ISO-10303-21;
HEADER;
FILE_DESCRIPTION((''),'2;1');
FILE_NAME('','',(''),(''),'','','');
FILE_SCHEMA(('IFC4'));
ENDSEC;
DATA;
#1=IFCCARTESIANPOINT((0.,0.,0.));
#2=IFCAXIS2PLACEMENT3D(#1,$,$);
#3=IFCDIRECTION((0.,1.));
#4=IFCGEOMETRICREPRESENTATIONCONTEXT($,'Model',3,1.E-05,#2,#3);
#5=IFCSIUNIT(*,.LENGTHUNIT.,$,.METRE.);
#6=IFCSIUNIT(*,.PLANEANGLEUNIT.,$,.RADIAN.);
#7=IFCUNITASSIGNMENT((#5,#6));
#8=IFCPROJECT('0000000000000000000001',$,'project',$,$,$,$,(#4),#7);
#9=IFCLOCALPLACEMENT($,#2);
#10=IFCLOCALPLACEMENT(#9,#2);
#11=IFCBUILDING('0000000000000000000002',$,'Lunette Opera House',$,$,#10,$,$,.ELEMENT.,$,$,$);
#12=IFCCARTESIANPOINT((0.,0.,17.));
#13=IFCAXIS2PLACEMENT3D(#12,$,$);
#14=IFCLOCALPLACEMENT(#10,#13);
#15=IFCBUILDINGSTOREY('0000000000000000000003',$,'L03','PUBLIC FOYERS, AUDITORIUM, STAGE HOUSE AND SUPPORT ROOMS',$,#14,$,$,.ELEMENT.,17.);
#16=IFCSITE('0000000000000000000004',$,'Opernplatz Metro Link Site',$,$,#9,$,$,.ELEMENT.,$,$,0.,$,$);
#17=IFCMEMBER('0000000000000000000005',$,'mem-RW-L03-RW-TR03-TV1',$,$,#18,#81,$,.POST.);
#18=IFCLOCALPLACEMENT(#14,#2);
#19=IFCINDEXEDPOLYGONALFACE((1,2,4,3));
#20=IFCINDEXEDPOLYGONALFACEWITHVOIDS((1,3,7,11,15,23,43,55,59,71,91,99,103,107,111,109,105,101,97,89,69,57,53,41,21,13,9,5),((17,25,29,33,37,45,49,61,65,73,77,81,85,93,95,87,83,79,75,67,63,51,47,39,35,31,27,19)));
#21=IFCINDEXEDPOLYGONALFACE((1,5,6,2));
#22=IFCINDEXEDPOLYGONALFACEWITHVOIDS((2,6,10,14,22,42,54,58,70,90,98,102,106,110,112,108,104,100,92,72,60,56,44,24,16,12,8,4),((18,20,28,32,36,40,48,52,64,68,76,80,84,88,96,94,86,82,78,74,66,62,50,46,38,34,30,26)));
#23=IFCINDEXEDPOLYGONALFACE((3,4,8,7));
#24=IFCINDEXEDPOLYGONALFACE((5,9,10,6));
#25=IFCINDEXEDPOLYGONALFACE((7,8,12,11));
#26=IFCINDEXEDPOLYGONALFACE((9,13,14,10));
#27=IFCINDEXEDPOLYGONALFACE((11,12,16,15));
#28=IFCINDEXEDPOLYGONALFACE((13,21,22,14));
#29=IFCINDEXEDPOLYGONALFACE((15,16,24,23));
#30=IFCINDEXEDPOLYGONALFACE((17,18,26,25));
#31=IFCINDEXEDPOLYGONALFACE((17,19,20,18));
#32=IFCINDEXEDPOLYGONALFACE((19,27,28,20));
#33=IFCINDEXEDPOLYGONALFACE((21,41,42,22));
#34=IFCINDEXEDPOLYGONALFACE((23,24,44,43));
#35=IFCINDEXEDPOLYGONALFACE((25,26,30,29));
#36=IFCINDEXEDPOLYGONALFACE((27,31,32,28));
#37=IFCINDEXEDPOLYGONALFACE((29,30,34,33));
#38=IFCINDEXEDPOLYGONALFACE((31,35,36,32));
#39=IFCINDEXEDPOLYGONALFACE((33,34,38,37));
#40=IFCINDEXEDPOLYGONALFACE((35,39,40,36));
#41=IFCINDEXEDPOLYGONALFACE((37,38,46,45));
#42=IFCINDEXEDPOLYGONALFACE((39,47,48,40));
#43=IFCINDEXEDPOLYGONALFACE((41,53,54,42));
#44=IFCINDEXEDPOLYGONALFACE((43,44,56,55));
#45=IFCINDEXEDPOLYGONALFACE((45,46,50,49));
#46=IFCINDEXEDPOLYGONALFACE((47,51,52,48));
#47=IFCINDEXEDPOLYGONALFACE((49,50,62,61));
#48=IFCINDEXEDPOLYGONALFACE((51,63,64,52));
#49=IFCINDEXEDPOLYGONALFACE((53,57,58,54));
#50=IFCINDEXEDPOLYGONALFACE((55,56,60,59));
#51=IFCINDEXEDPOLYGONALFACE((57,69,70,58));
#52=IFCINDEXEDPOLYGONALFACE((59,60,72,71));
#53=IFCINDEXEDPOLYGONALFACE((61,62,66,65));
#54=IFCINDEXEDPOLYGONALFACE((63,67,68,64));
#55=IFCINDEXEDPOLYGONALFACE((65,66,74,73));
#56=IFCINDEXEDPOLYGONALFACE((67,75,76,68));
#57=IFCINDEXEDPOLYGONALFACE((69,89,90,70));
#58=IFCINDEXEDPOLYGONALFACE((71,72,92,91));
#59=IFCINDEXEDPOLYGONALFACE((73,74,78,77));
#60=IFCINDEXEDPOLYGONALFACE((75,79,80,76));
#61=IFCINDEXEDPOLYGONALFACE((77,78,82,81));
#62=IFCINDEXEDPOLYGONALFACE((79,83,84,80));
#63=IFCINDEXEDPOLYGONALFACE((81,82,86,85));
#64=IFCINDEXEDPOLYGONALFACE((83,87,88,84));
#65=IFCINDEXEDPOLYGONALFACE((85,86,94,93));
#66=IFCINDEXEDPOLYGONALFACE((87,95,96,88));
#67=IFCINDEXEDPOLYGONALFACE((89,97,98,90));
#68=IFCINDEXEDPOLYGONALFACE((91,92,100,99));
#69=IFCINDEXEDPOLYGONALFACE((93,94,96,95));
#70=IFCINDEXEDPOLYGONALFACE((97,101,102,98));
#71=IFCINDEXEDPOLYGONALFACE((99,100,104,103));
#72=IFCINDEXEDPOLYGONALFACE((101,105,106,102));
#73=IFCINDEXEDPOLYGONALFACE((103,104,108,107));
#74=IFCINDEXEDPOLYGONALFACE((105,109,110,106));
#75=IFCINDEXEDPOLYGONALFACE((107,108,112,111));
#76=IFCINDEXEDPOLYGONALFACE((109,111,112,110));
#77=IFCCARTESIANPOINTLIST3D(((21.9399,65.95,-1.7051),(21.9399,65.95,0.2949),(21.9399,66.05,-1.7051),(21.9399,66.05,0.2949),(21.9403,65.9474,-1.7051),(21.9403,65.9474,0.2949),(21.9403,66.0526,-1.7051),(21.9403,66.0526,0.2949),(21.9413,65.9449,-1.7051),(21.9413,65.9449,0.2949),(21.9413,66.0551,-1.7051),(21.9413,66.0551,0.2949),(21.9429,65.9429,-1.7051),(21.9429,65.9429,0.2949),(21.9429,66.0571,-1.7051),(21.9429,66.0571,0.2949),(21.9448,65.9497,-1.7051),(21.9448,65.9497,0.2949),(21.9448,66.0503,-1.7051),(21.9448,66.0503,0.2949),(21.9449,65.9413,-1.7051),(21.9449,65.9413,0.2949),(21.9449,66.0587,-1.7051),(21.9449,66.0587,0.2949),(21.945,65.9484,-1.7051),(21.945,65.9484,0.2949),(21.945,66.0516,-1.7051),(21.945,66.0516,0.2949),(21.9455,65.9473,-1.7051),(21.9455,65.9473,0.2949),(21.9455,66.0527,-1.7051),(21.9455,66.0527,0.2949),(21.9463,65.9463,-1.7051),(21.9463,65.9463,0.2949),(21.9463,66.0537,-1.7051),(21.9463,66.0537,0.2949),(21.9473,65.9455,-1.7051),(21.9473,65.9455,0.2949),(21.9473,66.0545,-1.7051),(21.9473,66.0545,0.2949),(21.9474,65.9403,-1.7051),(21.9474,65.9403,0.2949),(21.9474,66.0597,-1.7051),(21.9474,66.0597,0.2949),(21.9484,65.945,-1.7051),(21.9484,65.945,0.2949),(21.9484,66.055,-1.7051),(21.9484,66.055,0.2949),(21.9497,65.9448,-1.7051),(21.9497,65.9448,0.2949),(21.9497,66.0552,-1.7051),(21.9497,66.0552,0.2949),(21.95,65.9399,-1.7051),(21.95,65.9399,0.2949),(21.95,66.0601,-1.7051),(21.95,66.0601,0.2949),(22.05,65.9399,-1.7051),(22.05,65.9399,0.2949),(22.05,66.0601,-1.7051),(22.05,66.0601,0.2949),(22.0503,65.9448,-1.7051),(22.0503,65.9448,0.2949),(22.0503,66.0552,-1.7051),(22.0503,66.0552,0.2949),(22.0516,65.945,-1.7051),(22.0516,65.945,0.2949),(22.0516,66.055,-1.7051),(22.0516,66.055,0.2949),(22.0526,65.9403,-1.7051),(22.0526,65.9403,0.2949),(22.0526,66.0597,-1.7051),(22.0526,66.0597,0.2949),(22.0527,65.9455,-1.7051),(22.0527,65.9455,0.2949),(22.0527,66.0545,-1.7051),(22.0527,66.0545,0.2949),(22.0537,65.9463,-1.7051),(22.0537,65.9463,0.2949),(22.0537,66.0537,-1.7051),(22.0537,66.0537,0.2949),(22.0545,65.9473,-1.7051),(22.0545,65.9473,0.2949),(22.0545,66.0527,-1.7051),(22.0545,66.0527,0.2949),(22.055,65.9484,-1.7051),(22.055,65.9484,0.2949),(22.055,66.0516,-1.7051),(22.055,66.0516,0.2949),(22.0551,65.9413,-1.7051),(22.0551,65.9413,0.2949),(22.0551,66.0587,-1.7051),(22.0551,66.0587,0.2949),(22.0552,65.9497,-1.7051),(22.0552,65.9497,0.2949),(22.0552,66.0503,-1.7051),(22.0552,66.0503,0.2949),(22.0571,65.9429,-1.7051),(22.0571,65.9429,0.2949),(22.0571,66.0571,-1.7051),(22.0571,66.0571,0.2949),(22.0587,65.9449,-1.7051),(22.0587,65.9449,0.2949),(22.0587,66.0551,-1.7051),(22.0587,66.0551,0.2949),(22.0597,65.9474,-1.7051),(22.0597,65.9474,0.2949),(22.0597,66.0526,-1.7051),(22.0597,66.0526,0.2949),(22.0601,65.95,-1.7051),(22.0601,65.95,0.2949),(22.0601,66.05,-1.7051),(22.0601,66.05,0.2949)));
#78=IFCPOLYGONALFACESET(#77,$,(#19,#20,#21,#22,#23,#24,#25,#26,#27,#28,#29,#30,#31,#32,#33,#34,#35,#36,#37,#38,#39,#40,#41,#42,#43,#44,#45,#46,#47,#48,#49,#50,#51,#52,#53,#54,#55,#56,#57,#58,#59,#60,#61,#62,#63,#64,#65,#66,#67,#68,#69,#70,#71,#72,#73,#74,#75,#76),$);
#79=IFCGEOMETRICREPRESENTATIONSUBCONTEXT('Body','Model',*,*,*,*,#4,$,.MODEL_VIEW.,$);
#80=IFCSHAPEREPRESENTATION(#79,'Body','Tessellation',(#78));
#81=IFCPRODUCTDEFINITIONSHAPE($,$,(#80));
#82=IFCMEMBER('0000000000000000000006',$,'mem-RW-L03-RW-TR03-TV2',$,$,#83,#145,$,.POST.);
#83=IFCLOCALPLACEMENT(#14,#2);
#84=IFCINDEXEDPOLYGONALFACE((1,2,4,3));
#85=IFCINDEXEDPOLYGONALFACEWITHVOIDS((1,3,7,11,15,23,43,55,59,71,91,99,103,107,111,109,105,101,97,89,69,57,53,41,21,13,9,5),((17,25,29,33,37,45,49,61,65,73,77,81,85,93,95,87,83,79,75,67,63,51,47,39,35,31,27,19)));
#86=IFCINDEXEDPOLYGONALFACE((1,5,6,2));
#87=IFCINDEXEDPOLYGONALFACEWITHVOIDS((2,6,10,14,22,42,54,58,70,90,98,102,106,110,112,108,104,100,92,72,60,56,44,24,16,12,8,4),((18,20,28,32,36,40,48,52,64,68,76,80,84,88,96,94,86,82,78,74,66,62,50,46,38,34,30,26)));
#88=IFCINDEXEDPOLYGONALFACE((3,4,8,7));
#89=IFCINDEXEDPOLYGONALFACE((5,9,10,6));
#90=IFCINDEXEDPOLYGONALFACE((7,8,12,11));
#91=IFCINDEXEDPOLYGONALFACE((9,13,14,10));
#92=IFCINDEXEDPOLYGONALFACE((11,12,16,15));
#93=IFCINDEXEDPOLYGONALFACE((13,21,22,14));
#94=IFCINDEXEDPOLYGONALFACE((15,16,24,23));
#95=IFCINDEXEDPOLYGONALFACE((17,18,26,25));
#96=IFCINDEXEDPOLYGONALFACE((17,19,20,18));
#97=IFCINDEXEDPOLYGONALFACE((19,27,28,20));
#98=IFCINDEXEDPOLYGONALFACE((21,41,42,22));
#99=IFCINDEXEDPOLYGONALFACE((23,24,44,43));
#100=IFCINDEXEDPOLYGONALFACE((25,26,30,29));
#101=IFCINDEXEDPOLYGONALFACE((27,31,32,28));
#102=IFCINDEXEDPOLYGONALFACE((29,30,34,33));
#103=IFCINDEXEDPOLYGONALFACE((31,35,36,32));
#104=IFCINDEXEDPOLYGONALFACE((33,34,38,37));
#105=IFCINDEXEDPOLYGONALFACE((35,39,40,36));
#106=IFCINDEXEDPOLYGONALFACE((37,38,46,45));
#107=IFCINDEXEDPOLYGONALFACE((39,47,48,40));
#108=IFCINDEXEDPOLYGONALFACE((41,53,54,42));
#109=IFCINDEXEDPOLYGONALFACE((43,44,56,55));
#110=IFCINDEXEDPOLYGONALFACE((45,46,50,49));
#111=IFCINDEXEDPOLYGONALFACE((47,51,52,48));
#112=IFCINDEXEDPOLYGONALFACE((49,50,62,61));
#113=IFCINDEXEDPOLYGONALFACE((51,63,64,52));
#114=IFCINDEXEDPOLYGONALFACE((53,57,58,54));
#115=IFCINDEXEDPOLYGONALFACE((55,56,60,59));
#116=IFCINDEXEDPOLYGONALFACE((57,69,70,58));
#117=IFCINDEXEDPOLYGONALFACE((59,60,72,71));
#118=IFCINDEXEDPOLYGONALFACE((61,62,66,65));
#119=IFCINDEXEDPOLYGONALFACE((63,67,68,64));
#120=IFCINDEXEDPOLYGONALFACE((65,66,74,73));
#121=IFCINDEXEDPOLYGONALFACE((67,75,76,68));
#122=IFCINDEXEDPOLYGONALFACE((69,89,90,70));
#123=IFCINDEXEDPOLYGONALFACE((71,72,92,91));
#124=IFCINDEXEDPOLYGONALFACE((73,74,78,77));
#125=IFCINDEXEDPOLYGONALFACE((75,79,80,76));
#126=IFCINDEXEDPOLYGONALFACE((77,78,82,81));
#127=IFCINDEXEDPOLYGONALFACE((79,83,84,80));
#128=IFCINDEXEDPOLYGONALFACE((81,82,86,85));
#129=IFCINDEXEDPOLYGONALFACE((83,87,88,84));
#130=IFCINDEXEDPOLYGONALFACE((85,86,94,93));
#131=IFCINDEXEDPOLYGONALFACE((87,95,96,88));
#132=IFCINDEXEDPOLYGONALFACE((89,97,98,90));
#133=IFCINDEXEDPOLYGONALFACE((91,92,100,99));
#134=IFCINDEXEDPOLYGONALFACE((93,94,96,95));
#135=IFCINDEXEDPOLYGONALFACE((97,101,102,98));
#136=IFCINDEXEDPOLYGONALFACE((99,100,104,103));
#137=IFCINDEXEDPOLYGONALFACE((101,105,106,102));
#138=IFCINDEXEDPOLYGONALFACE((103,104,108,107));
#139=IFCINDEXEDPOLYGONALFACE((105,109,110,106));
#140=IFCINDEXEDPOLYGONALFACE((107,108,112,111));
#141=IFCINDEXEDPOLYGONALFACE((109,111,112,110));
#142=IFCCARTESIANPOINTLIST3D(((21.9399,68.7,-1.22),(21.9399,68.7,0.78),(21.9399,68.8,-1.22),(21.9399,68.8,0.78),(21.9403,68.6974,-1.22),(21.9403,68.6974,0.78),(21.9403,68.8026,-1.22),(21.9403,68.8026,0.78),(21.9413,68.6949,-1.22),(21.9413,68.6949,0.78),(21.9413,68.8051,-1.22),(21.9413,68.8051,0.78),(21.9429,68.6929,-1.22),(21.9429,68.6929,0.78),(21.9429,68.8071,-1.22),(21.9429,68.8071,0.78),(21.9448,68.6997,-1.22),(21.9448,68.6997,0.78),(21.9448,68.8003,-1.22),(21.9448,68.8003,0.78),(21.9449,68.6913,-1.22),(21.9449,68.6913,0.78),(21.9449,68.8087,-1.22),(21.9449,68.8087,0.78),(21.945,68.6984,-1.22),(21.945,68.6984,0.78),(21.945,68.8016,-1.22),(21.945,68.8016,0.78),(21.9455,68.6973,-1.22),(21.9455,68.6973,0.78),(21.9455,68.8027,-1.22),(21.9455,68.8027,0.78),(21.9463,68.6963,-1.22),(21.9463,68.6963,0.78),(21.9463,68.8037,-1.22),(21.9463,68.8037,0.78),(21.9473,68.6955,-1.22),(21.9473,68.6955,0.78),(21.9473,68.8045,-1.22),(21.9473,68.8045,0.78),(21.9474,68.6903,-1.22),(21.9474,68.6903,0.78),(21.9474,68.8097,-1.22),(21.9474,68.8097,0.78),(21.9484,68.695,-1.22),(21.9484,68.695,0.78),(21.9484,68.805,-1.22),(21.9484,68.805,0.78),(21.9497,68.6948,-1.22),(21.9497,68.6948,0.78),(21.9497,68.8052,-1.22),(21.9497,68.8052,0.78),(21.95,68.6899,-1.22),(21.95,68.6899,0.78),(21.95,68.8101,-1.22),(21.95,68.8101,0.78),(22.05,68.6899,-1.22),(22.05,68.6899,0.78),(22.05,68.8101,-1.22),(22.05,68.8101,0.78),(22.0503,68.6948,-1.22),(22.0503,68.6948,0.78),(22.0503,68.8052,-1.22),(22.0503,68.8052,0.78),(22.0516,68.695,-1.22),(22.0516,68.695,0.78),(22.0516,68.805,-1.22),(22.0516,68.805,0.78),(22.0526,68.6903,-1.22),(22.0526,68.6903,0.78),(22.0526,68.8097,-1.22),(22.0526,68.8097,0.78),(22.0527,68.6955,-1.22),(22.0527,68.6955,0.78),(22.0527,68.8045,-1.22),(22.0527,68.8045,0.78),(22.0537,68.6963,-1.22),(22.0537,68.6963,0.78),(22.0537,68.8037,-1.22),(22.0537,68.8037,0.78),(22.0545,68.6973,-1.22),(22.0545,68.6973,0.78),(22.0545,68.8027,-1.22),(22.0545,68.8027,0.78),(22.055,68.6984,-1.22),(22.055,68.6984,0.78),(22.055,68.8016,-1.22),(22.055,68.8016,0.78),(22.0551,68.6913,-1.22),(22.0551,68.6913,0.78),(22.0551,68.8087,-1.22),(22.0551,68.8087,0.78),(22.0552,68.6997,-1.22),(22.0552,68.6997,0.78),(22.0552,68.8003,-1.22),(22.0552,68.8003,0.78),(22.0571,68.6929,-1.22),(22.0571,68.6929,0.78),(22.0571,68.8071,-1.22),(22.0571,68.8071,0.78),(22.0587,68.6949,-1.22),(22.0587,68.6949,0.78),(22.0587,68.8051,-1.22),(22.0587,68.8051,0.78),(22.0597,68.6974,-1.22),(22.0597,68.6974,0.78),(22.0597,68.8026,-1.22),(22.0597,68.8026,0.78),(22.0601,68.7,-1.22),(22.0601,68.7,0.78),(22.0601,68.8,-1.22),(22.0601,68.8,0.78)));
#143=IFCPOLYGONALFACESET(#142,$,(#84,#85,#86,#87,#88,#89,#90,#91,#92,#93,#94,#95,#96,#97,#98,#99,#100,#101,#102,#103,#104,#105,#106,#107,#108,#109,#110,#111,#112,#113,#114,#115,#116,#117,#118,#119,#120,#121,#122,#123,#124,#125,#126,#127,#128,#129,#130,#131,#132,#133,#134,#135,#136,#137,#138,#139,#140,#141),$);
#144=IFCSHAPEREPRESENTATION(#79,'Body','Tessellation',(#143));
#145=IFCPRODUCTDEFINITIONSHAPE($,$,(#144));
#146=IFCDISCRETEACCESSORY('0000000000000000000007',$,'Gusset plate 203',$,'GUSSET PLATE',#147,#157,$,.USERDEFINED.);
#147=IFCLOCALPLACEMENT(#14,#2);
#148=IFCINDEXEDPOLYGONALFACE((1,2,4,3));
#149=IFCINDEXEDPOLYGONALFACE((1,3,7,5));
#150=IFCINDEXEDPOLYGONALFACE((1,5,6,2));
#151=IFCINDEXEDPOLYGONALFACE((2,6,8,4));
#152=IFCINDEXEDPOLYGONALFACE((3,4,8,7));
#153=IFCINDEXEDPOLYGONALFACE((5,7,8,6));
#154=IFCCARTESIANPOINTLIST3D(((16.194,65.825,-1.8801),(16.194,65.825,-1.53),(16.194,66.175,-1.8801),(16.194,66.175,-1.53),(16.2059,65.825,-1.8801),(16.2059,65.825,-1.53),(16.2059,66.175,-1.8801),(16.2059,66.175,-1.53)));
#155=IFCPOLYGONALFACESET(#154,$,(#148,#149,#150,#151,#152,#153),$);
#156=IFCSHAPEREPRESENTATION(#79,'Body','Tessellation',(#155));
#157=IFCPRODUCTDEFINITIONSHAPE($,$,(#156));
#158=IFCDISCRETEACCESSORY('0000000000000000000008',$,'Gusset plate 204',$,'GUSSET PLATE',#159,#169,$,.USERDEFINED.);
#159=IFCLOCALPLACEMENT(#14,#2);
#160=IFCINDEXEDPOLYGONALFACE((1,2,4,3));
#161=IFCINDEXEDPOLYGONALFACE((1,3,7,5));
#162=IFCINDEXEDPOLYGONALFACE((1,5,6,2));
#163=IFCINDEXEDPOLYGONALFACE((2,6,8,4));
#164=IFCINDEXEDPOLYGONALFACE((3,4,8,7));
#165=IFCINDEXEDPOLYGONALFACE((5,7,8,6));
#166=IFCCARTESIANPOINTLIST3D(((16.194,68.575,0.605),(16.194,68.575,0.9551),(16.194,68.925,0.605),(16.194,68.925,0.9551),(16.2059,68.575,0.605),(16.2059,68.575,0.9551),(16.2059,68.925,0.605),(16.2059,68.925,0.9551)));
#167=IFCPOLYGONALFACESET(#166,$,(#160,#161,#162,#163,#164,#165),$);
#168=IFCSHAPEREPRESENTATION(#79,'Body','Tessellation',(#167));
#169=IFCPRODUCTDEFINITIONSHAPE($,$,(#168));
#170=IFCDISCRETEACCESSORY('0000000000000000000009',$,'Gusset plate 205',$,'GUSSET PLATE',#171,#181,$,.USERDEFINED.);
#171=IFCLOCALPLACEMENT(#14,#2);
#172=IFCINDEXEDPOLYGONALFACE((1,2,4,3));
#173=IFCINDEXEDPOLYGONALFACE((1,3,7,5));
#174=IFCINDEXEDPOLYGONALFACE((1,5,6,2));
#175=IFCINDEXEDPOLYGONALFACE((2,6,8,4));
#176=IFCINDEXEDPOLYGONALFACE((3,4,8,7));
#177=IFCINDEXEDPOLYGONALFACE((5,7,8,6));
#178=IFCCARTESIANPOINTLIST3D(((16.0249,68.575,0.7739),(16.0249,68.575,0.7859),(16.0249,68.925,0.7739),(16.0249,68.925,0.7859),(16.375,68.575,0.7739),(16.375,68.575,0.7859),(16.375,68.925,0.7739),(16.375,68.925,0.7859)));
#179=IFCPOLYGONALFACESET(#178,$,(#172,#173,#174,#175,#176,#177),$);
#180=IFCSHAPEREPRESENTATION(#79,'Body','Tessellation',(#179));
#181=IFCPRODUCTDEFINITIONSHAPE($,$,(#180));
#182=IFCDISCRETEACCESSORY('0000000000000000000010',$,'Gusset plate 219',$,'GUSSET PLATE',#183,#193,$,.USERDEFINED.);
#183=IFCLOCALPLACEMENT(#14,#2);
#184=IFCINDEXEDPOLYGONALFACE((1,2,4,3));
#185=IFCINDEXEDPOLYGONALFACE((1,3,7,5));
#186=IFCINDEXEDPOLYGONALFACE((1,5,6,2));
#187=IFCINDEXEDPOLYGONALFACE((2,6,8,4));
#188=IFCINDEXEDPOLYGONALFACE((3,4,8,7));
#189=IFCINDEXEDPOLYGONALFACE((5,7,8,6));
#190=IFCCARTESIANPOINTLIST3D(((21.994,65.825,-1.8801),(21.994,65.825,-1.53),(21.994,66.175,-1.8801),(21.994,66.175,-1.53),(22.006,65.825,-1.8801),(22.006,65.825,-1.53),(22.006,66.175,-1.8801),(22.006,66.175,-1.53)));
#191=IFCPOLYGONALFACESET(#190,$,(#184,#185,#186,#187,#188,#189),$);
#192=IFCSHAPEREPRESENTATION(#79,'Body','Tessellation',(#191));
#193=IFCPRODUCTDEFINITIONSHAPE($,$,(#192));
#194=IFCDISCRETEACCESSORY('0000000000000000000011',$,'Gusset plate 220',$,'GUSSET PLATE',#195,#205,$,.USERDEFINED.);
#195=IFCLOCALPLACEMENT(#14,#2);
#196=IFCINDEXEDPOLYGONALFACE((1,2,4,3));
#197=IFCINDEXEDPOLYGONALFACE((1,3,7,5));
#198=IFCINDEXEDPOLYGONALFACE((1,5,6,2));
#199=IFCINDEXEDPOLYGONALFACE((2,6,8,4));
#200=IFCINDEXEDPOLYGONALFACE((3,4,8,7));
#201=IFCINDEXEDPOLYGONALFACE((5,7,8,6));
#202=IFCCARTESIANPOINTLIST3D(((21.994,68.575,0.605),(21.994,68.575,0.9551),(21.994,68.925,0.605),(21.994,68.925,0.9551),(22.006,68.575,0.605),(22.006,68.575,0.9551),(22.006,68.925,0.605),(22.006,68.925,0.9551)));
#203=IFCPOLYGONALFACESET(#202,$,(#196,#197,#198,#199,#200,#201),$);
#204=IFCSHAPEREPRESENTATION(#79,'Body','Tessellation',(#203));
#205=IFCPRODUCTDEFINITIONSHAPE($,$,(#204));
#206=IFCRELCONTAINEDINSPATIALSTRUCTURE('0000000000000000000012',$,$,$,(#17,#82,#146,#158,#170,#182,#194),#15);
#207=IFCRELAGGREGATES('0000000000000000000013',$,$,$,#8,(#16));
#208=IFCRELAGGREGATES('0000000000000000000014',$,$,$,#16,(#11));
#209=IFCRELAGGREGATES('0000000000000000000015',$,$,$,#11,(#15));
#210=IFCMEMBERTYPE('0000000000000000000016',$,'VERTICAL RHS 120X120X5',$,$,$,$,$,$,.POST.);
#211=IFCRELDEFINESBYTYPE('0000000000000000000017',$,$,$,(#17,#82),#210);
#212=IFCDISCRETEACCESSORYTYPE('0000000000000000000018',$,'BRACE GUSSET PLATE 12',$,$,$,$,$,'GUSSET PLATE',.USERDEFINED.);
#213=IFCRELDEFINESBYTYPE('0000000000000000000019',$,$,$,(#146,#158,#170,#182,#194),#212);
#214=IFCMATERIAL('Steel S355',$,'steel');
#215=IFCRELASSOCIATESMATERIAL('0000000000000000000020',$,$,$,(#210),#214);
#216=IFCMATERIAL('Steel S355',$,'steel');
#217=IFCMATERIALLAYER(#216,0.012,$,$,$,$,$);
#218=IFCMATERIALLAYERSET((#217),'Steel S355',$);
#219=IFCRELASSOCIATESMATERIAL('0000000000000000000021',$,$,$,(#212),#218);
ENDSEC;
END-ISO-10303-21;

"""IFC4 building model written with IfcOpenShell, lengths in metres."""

from ifc_helpers import new_model, si_unit, direction, frame, origin, origin_2d, place, context, subcontext, project, spatial, rectangle, hollow_rectangle, extrude, material, layer, layer_set, material_profile, profile_set, type_object, element, save


model = new_model("IFC4")

# Units and contexts
model_context = context("Model", 3, precision=1e-05, world=origin(), true_north=direction((0.0, 1.0)))
body_context = subcontext(model_context, "Body", "Model", "MODEL_VIEW")
ifc_project = project(units=[si_unit("LENGTHUNIT", "METRE"), si_unit("PLANEANGLEUNIT", "RADIAN")], contexts=[model_context])

# Site, building, storey
site_placement = place(None, origin())
site = spatial("IfcSite", under=ifc_project, at=site_placement, Name="Opernplatz Metro Link Site", CompositionType="ELEMENT", RefElevation=0.0)
building_placement = place(site_placement, origin())
building = spatial("IfcBuilding", under=site, at=building_placement, Name="Lunette Opera House", CompositionType="ELEMENT")
storey_placement = place(building_placement, frame((0.0, 0.0, 17.0)))
storey = spatial("IfcBuildingStorey", under=building, at=storey_placement, Name="L03", Description="PUBLIC FOYERS, AUDITORIUM, STAGE HOUSE AND SUPPORT ROOMS", CompositionType="ELEMENT", Elevation=17.0)

# Members
ifc_material_1 = material(Name="Steel S355", Category="steel")
ifc_material_profile_1 = material_profile(ifc_material_1, hollow_rectangle(XDim=0.1201, YDim=0.1201, WallThickness=0.0049, InnerFilletRadius=0.0049, OuterFilletRadius=0.01, at=origin_2d()), Name="RHS 120X120X5")
ifc_profile_set_1 = profile_set([ifc_material_profile_1], Name="Steel S355")
member_type_1 = type_object("IfcMemberType", Name="VERTICAL RHS 120X120X5", PredefinedType="POST", material=ifc_profile_set_1)
for number, where, z_axis, x_axis, name in (
    (1, (22.0, 66.0, -1.7051), (0.0, 0.0, 1.0), (1.0, 0.0, 0.0), "mem-RW-L03-RW-TR03-TV1"),
    (2, (22.0, 68.75, -1.22), (0.0, 0.0, 1.0), (1.0, 0.0, 0.0), "mem-RW-L03-RW-TR03-TV2"),
):
    element("IfcMember", number, at=place(storey_placement, frame(where, z_axis=z_axis, x_axis=x_axis)), inside=storey, type_object=member_type_1, Name=name, PredefinedType="POST", context=body_context, shape_type="SweptSolid", body=[
        extrude(hollow_rectangle(XDim=0.1201, YDim=0.1201, WallThickness=0.0049, InnerFilletRadius=0.0049, OuterFilletRadius=0.01, at=origin_2d()), origin(), (0.0, 0.0, 1.0), 2.0),
    ])

# Discrete accessories
ifc_material_2 = material(Name="Steel S355", Category="steel")
ifc_layer = layer(ifc_material_2, 0.012)
ifc_layer_set = layer_set([ifc_layer], Name="Steel S355")
discrete_accessory_type = type_object("IfcDiscreteAccessoryType", Name="BRACE GUSSET PLATE 12", ElementType="GUSSET PLATE", PredefinedType="USERDEFINED", material=ifc_layer_set)
for number, where, z_axis, x_axis, name in (
    (3, (16.2, 66.0, -1.8801), (0.0, 0.0, 1.0), (0.0, 1.0, 0.0), "Gusset plate 203"),
    (4, (16.2, 68.75, 0.605), (0.0, 0.0, 1.0), (0.0, 1.0, 0.0), "Gusset plate 204"),
):
    element("IfcDiscreteAccessory", number, at=place(storey_placement, frame(where, z_axis=z_axis, x_axis=x_axis)), inside=storey, type_object=discrete_accessory_type, Name=name, ObjectType="GUSSET PLATE", PredefinedType="USERDEFINED", context=body_context, shape_type="SweptSolid", body=[
        extrude(rectangle(XDim=0.3501, YDim=0.012, at=origin_2d()), origin(), (0.0, 0.0, 1.0), 0.3501),
    ])
discrete_accessory_1_placement = place(storey_placement, frame((16.2, 68.75, 0.7739), z_axis=(0.0, 0.0, 1.0), x_axis=(0.0, 1.0, 0.0)))
element("IfcDiscreteAccessory", 5, at=discrete_accessory_1_placement, inside=storey, type_object=discrete_accessory_type, Name="Gusset plate 205", ObjectType="GUSSET PLATE", PredefinedType="USERDEFINED", context=body_context, shape_type="SweptSolid", body=[
    extrude(rectangle(XDim=0.3501, YDim=0.3501, at=origin_2d()), origin(), (0.0, 0.0, 1.0), 0.012),
])
for number, where, z_axis, x_axis, name in (
    (6, (22.0, 66.0, -1.8801), (0.0, 0.0, 1.0), (0.0, 1.0, 0.0), "Gusset plate 219"),
    (7, (22.0, 68.75, 0.605), (0.0, 0.0, 1.0), (0.0, 1.0, 0.0), "Gusset plate 220"),
):
    element("IfcDiscreteAccessory", number, at=place(storey_placement, frame(where, z_axis=z_axis, x_axis=x_axis)), inside=storey, type_object=discrete_accessory_type, Name=name, ObjectType="GUSSET PLATE", PredefinedType="USERDEFINED", context=body_context, shape_type="SweptSolid", body=[
        extrude(rectangle(XDim=0.3501, YDim=0.012, at=origin_2d()), origin(), (0.0, 0.0, 1.0), 0.3501),
    ])

save(model, "model.ifc")
